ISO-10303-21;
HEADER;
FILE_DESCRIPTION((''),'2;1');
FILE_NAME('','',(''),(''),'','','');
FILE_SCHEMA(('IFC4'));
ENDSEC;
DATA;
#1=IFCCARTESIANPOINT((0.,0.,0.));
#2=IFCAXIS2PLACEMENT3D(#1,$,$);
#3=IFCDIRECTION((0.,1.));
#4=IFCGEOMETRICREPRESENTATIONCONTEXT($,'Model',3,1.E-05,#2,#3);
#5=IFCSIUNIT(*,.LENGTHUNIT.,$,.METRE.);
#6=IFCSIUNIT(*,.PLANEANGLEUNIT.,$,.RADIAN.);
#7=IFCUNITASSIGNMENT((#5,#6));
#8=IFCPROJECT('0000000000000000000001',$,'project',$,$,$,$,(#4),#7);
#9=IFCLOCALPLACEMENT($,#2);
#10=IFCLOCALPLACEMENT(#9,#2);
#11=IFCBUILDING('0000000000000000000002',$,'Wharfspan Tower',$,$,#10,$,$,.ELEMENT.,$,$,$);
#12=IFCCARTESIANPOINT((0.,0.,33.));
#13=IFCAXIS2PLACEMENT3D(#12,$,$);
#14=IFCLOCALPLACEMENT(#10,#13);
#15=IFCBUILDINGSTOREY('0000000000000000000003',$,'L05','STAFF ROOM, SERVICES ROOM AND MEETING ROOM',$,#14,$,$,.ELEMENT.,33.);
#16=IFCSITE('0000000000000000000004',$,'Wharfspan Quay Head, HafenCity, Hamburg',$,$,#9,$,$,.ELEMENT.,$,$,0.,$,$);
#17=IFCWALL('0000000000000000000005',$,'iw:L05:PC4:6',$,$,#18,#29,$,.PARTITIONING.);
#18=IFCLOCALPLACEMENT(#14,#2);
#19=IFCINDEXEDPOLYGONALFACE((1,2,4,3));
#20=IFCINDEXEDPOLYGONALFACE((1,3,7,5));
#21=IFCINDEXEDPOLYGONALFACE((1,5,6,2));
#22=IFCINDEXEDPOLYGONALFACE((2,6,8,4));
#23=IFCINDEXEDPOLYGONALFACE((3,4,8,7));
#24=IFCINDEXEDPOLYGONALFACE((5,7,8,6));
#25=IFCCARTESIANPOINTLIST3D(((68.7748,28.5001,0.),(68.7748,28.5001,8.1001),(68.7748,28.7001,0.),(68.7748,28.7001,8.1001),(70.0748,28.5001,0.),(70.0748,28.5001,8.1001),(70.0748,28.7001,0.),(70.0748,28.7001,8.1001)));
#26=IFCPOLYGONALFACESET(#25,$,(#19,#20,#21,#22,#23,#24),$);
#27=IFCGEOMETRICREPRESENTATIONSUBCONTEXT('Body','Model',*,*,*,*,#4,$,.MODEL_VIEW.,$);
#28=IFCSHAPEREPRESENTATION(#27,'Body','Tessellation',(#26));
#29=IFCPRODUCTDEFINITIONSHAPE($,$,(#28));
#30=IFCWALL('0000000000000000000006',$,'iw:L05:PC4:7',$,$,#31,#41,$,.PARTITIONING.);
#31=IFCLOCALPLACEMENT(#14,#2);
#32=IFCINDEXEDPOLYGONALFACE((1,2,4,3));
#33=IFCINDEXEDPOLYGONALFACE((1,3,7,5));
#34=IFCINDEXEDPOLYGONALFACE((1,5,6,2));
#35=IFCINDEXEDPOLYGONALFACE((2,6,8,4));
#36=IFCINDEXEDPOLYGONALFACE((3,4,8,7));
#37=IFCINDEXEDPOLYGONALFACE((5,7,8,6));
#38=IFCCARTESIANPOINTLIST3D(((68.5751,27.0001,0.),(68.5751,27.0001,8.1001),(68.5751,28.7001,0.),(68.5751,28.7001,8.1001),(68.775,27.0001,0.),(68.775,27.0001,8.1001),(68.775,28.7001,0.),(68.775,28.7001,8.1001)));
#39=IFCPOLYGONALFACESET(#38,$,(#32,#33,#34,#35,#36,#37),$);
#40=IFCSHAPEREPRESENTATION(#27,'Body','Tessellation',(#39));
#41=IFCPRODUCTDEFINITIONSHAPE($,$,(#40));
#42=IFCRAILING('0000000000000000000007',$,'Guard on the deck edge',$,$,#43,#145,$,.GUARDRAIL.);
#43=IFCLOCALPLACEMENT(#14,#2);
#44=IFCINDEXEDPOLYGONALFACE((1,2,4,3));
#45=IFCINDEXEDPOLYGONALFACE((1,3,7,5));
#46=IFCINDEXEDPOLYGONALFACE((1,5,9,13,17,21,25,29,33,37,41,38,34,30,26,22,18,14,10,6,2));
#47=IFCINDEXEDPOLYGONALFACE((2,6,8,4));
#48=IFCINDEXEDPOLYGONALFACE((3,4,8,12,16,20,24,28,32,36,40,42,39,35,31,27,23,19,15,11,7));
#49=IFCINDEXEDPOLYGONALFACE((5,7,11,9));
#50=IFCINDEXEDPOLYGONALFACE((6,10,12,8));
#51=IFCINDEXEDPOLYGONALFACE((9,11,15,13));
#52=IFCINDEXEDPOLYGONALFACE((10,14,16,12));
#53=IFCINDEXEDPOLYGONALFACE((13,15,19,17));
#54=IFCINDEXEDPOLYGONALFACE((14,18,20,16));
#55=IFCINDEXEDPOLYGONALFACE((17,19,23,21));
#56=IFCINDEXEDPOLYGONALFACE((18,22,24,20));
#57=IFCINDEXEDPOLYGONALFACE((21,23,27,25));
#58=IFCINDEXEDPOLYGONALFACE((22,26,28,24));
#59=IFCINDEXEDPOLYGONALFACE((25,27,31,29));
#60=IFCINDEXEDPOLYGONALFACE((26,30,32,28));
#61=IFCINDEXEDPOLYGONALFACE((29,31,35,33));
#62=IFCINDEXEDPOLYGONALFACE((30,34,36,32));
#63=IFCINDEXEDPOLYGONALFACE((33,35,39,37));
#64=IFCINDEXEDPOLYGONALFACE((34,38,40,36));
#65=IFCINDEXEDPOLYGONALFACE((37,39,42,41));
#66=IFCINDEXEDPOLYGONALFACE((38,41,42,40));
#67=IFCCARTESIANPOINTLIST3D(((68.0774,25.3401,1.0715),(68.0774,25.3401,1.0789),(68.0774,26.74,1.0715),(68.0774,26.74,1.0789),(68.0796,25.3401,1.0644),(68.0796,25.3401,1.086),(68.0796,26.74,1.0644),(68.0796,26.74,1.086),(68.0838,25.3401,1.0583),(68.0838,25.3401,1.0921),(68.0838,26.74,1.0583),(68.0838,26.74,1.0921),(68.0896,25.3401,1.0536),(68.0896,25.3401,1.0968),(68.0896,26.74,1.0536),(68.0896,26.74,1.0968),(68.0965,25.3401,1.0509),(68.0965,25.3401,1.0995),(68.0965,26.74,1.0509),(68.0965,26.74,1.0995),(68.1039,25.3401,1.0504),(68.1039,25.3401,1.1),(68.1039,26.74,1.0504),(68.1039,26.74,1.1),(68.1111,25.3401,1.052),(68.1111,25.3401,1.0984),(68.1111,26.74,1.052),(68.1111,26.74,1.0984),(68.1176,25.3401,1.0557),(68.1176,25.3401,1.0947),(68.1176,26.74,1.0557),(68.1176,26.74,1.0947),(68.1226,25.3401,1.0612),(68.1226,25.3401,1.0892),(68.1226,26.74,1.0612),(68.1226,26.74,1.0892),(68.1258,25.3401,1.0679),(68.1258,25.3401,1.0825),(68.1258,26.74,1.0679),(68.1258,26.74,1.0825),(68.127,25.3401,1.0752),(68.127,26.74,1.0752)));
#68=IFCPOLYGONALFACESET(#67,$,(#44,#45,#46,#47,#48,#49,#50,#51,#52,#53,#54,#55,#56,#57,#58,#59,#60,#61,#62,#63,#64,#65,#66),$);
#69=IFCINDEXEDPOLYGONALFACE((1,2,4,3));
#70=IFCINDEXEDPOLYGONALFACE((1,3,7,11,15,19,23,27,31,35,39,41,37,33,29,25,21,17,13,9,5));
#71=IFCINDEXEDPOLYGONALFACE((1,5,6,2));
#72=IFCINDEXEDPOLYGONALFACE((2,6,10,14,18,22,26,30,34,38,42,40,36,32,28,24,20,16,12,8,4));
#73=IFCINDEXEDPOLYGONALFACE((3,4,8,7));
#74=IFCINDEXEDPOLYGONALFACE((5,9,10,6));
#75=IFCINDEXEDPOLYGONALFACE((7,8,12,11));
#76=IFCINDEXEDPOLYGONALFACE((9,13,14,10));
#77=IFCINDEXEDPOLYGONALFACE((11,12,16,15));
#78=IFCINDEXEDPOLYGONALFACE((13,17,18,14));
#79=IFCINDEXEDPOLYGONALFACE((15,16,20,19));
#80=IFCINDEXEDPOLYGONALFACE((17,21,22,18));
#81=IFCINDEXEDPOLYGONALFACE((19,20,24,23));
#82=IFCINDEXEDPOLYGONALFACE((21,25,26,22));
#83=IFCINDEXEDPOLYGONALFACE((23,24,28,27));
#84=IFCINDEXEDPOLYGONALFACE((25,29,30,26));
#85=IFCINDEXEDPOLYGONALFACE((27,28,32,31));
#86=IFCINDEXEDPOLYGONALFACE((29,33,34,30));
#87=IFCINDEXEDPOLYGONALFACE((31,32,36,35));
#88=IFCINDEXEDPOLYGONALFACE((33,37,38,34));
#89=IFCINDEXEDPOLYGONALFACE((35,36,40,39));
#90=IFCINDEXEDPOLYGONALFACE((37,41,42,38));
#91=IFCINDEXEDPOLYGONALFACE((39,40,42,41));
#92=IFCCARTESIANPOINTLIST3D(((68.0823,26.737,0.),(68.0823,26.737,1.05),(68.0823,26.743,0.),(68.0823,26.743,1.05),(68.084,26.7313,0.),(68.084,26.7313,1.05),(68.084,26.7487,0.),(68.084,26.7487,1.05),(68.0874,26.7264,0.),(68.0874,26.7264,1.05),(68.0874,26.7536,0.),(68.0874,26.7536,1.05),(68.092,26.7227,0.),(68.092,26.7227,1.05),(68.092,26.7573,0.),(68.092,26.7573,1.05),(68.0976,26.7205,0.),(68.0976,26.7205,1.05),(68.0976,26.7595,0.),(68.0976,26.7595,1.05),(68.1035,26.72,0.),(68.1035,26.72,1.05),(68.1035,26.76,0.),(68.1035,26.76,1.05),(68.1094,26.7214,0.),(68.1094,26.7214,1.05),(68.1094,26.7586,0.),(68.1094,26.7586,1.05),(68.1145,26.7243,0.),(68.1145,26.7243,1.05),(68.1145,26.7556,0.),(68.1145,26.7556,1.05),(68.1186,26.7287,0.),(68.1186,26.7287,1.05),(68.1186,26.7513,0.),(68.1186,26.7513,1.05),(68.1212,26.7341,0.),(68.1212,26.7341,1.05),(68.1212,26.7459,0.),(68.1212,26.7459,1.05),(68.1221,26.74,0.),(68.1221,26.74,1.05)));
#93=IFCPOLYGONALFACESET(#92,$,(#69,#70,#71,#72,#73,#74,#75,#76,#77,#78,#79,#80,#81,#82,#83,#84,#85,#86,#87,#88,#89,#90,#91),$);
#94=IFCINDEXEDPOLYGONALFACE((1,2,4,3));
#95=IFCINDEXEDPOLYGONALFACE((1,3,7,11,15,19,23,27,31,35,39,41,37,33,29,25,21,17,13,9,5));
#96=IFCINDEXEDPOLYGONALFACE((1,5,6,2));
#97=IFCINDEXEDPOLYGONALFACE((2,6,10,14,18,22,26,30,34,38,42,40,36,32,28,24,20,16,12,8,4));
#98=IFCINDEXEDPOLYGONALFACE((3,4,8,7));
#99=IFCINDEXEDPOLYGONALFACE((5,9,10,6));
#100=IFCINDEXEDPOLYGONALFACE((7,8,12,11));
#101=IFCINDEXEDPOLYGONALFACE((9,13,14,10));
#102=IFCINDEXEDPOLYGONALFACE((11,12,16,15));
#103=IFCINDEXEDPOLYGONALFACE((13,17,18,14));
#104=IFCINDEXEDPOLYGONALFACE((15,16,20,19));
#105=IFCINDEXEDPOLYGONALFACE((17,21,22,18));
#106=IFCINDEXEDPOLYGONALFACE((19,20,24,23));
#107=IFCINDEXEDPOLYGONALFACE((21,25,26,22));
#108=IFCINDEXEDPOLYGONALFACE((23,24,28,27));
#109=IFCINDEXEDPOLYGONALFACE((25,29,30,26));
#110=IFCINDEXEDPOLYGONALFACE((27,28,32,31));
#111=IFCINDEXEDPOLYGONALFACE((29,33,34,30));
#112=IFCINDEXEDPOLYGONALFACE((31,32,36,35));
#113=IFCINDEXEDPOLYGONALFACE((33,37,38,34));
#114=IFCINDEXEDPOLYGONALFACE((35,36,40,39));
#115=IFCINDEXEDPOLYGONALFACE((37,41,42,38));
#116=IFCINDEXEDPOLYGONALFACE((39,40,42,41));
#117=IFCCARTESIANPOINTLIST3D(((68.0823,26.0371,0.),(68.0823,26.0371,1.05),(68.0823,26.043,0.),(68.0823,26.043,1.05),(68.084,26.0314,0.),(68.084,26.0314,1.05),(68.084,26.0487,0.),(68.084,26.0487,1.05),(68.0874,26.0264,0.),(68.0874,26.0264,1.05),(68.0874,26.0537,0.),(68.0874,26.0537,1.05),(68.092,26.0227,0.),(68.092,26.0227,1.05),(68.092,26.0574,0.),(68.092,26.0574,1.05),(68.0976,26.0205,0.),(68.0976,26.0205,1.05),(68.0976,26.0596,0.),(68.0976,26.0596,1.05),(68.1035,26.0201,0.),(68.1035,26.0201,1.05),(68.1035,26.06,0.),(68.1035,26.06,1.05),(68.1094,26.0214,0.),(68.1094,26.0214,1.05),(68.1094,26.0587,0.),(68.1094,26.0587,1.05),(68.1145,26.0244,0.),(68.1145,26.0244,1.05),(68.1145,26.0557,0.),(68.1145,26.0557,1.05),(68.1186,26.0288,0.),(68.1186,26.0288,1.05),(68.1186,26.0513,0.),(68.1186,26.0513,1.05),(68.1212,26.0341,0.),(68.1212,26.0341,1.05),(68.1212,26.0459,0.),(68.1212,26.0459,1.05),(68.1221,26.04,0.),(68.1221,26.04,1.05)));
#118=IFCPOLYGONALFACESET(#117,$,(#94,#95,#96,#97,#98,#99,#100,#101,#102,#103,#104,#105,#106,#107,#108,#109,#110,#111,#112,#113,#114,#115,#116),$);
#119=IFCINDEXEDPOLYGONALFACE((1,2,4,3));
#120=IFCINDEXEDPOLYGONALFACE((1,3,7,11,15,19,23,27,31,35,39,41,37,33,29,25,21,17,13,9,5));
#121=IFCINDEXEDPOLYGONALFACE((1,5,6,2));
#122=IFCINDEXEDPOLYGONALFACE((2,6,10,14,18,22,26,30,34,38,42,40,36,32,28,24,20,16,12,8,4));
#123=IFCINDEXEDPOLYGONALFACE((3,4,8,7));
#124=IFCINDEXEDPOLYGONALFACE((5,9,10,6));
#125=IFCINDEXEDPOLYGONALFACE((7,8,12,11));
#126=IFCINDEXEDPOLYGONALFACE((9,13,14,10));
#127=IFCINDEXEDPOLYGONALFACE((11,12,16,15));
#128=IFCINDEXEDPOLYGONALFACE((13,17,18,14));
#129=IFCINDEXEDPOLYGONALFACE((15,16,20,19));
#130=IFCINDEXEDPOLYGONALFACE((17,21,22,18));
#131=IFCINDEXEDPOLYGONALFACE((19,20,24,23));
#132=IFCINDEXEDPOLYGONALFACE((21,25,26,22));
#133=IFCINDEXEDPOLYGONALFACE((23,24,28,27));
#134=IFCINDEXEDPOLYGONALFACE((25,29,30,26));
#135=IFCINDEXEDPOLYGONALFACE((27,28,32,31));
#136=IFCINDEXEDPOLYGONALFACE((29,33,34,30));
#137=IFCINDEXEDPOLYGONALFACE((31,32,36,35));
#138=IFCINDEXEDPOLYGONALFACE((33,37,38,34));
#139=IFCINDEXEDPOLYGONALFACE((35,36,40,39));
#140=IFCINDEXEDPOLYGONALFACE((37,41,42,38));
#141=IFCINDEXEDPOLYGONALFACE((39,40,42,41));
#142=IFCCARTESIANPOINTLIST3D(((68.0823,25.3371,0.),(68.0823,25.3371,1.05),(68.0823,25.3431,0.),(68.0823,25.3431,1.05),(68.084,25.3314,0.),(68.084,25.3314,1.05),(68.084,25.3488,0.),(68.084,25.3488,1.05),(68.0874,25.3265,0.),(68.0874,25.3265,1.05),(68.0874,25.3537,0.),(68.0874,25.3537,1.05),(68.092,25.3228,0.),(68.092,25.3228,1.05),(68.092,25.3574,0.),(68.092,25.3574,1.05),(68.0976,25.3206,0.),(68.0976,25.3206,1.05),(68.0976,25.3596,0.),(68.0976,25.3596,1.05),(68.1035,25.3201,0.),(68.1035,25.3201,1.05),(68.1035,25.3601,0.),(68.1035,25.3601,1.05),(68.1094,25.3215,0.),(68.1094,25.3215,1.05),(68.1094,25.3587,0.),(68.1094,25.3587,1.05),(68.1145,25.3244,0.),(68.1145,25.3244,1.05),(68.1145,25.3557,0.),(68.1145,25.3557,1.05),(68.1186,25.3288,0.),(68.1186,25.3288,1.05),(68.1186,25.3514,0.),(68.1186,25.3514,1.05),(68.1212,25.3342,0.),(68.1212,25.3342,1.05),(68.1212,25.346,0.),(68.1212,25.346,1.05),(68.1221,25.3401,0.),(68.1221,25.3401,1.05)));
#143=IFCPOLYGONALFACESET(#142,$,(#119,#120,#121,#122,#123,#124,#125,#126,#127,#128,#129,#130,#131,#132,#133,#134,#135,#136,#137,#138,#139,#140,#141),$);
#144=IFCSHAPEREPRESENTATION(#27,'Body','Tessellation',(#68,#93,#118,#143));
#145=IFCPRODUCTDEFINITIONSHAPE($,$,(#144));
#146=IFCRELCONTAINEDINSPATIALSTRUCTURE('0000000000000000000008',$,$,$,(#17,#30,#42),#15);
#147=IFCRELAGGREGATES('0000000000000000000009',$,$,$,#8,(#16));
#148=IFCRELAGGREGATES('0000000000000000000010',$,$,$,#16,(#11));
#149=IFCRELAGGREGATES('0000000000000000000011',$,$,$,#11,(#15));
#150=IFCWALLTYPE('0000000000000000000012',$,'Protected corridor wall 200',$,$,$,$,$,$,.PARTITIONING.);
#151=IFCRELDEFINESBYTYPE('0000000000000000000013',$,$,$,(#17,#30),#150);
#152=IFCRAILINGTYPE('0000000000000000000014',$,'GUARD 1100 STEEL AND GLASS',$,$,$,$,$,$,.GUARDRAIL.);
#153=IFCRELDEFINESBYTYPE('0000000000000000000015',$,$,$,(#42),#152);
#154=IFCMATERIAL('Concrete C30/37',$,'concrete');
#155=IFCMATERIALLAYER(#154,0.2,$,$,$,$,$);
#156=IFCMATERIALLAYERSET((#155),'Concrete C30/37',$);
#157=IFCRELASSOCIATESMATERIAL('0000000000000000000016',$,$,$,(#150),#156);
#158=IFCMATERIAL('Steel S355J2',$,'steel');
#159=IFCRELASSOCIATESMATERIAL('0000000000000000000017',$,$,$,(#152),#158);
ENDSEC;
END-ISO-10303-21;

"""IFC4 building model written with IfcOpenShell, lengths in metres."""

from ifc_helpers import new_model, si_unit, direction, frame, frame_2d, origin, origin_2d, place, context, subcontext, project, spatial, rectangle, circle, extrude, material, layer, layer_set, type_object, element, save


model = new_model("IFC4")

# Units and contexts
model_context = context("Model", 3, precision=1e-05, world=origin(), true_north=direction((0.0, 1.0)))
body_context = subcontext(model_context, "Body", "Model", "MODEL_VIEW")
ifc_project = project(units=[si_unit("LENGTHUNIT", "METRE"), si_unit("PLANEANGLEUNIT", "RADIAN")], contexts=[model_context])

# Site, building, storey
site_placement = place(None, origin())
site = spatial("IfcSite", under=ifc_project, at=site_placement, Name="Wharfspan Quay Head, HafenCity, Hamburg", CompositionType="ELEMENT", RefElevation=0.0)
building_placement = place(site_placement, origin())
building = spatial("IfcBuilding", under=site, at=building_placement, Name="Wharfspan Tower", CompositionType="ELEMENT")
storey_placement = place(building_placement, frame((0.0, 0.0, 33.0)))
storey = spatial("IfcBuildingStorey", under=building, at=storey_placement, Name="L05", Description="STAFF ROOM, SERVICES ROOM AND MEETING ROOM", CompositionType="ELEMENT", Elevation=33.0)

# Walls
ifc_material_1 = material(Name="Concrete C30/37", Category="concrete")
ifc_layer_1 = layer(ifc_material_1, 0.2)
ifc_layer_set_1 = layer_set([ifc_layer_1], Name="Concrete C30/37")
wall_type_1 = type_object("IfcWallType", Name="Protected corridor wall 200", PredefinedType="PARTITIONING", material=ifc_layer_set_1)
wall_1_placement = place(storey_placement, frame((68.7749, 28.6001, 0.0), z_axis=(0.0, 0.0, 1.0), x_axis=(1.0, 0.0, 0.0)))
element("IfcWall", 1, at=wall_1_placement, inside=storey, type_object=wall_type_1, Name="iw:L05:PC4:6", PredefinedType="PARTITIONING", context=body_context, shape_type="SweptSolid", body=[
    extrude(rectangle(XDim=1.3, YDim=0.2, at=frame_2d((0.6499, 0.0))), origin(), (0.0, 0.0, 1.0), 8.1001),
])
wall_2_placement = place(storey_placement, frame((68.675, 27.0, 0.0), z_axis=(0.0, 0.0, 1.0), x_axis=(0.0, 1.0, 0.0)))
element("IfcWall", 2, at=wall_2_placement, inside=storey, type_object=wall_type_1, Name="iw:L05:PC4:7", PredefinedType="PARTITIONING", context=body_context, shape_type="SweptSolid", body=[
    extrude(rectangle(XDim=1.7, YDim=0.2, at=frame_2d((0.8501, 0.0))), origin(), (0.0, 0.0, 1.0), 8.1001),
])

# Railing
ifc_material_2 = material(Name="Steel S355J2", Category="steel")
railing_type = type_object("IfcRailingType", Name="GUARD 1100 STEEL AND GLASS", PredefinedType="GUARDRAIL", material=ifc_material_2)
railing_1_placement = place(storey_placement, frame((68.1021, 26.74, 0.0)))
element("IfcRailing", 3, at=railing_1_placement, inside=storey, type_object=railing_type, Name="Guard on the deck edge", PredefinedType="GUARDRAIL", context=body_context, shape_type="SweptSolid", body=[
    extrude(circle(Radius=0.0249, at=origin_2d()), frame((0.0, 0.0, 1.0752), z_axis=(0.0, -1.0, 0.0), x_axis=(1.0, 0.0, 0.0)), (0.0, 0.0, 1.0), 1.3999),
    extrude(circle(Radius=0.02, at=origin_2d()), origin(), (0.0, 0.0, 1.0), 1.05),
    extrude(circle(Radius=0.02, at=origin_2d()), frame((0.0, -0.7, 0.0)), (0.0, 0.0, 1.0), 1.05),
    extrude(circle(Radius=0.02, at=origin_2d()), frame((0.0, -1.3999, 0.0)), (0.0, 0.0, 1.0), 1.05),
])

save(model, "model.ifc")
